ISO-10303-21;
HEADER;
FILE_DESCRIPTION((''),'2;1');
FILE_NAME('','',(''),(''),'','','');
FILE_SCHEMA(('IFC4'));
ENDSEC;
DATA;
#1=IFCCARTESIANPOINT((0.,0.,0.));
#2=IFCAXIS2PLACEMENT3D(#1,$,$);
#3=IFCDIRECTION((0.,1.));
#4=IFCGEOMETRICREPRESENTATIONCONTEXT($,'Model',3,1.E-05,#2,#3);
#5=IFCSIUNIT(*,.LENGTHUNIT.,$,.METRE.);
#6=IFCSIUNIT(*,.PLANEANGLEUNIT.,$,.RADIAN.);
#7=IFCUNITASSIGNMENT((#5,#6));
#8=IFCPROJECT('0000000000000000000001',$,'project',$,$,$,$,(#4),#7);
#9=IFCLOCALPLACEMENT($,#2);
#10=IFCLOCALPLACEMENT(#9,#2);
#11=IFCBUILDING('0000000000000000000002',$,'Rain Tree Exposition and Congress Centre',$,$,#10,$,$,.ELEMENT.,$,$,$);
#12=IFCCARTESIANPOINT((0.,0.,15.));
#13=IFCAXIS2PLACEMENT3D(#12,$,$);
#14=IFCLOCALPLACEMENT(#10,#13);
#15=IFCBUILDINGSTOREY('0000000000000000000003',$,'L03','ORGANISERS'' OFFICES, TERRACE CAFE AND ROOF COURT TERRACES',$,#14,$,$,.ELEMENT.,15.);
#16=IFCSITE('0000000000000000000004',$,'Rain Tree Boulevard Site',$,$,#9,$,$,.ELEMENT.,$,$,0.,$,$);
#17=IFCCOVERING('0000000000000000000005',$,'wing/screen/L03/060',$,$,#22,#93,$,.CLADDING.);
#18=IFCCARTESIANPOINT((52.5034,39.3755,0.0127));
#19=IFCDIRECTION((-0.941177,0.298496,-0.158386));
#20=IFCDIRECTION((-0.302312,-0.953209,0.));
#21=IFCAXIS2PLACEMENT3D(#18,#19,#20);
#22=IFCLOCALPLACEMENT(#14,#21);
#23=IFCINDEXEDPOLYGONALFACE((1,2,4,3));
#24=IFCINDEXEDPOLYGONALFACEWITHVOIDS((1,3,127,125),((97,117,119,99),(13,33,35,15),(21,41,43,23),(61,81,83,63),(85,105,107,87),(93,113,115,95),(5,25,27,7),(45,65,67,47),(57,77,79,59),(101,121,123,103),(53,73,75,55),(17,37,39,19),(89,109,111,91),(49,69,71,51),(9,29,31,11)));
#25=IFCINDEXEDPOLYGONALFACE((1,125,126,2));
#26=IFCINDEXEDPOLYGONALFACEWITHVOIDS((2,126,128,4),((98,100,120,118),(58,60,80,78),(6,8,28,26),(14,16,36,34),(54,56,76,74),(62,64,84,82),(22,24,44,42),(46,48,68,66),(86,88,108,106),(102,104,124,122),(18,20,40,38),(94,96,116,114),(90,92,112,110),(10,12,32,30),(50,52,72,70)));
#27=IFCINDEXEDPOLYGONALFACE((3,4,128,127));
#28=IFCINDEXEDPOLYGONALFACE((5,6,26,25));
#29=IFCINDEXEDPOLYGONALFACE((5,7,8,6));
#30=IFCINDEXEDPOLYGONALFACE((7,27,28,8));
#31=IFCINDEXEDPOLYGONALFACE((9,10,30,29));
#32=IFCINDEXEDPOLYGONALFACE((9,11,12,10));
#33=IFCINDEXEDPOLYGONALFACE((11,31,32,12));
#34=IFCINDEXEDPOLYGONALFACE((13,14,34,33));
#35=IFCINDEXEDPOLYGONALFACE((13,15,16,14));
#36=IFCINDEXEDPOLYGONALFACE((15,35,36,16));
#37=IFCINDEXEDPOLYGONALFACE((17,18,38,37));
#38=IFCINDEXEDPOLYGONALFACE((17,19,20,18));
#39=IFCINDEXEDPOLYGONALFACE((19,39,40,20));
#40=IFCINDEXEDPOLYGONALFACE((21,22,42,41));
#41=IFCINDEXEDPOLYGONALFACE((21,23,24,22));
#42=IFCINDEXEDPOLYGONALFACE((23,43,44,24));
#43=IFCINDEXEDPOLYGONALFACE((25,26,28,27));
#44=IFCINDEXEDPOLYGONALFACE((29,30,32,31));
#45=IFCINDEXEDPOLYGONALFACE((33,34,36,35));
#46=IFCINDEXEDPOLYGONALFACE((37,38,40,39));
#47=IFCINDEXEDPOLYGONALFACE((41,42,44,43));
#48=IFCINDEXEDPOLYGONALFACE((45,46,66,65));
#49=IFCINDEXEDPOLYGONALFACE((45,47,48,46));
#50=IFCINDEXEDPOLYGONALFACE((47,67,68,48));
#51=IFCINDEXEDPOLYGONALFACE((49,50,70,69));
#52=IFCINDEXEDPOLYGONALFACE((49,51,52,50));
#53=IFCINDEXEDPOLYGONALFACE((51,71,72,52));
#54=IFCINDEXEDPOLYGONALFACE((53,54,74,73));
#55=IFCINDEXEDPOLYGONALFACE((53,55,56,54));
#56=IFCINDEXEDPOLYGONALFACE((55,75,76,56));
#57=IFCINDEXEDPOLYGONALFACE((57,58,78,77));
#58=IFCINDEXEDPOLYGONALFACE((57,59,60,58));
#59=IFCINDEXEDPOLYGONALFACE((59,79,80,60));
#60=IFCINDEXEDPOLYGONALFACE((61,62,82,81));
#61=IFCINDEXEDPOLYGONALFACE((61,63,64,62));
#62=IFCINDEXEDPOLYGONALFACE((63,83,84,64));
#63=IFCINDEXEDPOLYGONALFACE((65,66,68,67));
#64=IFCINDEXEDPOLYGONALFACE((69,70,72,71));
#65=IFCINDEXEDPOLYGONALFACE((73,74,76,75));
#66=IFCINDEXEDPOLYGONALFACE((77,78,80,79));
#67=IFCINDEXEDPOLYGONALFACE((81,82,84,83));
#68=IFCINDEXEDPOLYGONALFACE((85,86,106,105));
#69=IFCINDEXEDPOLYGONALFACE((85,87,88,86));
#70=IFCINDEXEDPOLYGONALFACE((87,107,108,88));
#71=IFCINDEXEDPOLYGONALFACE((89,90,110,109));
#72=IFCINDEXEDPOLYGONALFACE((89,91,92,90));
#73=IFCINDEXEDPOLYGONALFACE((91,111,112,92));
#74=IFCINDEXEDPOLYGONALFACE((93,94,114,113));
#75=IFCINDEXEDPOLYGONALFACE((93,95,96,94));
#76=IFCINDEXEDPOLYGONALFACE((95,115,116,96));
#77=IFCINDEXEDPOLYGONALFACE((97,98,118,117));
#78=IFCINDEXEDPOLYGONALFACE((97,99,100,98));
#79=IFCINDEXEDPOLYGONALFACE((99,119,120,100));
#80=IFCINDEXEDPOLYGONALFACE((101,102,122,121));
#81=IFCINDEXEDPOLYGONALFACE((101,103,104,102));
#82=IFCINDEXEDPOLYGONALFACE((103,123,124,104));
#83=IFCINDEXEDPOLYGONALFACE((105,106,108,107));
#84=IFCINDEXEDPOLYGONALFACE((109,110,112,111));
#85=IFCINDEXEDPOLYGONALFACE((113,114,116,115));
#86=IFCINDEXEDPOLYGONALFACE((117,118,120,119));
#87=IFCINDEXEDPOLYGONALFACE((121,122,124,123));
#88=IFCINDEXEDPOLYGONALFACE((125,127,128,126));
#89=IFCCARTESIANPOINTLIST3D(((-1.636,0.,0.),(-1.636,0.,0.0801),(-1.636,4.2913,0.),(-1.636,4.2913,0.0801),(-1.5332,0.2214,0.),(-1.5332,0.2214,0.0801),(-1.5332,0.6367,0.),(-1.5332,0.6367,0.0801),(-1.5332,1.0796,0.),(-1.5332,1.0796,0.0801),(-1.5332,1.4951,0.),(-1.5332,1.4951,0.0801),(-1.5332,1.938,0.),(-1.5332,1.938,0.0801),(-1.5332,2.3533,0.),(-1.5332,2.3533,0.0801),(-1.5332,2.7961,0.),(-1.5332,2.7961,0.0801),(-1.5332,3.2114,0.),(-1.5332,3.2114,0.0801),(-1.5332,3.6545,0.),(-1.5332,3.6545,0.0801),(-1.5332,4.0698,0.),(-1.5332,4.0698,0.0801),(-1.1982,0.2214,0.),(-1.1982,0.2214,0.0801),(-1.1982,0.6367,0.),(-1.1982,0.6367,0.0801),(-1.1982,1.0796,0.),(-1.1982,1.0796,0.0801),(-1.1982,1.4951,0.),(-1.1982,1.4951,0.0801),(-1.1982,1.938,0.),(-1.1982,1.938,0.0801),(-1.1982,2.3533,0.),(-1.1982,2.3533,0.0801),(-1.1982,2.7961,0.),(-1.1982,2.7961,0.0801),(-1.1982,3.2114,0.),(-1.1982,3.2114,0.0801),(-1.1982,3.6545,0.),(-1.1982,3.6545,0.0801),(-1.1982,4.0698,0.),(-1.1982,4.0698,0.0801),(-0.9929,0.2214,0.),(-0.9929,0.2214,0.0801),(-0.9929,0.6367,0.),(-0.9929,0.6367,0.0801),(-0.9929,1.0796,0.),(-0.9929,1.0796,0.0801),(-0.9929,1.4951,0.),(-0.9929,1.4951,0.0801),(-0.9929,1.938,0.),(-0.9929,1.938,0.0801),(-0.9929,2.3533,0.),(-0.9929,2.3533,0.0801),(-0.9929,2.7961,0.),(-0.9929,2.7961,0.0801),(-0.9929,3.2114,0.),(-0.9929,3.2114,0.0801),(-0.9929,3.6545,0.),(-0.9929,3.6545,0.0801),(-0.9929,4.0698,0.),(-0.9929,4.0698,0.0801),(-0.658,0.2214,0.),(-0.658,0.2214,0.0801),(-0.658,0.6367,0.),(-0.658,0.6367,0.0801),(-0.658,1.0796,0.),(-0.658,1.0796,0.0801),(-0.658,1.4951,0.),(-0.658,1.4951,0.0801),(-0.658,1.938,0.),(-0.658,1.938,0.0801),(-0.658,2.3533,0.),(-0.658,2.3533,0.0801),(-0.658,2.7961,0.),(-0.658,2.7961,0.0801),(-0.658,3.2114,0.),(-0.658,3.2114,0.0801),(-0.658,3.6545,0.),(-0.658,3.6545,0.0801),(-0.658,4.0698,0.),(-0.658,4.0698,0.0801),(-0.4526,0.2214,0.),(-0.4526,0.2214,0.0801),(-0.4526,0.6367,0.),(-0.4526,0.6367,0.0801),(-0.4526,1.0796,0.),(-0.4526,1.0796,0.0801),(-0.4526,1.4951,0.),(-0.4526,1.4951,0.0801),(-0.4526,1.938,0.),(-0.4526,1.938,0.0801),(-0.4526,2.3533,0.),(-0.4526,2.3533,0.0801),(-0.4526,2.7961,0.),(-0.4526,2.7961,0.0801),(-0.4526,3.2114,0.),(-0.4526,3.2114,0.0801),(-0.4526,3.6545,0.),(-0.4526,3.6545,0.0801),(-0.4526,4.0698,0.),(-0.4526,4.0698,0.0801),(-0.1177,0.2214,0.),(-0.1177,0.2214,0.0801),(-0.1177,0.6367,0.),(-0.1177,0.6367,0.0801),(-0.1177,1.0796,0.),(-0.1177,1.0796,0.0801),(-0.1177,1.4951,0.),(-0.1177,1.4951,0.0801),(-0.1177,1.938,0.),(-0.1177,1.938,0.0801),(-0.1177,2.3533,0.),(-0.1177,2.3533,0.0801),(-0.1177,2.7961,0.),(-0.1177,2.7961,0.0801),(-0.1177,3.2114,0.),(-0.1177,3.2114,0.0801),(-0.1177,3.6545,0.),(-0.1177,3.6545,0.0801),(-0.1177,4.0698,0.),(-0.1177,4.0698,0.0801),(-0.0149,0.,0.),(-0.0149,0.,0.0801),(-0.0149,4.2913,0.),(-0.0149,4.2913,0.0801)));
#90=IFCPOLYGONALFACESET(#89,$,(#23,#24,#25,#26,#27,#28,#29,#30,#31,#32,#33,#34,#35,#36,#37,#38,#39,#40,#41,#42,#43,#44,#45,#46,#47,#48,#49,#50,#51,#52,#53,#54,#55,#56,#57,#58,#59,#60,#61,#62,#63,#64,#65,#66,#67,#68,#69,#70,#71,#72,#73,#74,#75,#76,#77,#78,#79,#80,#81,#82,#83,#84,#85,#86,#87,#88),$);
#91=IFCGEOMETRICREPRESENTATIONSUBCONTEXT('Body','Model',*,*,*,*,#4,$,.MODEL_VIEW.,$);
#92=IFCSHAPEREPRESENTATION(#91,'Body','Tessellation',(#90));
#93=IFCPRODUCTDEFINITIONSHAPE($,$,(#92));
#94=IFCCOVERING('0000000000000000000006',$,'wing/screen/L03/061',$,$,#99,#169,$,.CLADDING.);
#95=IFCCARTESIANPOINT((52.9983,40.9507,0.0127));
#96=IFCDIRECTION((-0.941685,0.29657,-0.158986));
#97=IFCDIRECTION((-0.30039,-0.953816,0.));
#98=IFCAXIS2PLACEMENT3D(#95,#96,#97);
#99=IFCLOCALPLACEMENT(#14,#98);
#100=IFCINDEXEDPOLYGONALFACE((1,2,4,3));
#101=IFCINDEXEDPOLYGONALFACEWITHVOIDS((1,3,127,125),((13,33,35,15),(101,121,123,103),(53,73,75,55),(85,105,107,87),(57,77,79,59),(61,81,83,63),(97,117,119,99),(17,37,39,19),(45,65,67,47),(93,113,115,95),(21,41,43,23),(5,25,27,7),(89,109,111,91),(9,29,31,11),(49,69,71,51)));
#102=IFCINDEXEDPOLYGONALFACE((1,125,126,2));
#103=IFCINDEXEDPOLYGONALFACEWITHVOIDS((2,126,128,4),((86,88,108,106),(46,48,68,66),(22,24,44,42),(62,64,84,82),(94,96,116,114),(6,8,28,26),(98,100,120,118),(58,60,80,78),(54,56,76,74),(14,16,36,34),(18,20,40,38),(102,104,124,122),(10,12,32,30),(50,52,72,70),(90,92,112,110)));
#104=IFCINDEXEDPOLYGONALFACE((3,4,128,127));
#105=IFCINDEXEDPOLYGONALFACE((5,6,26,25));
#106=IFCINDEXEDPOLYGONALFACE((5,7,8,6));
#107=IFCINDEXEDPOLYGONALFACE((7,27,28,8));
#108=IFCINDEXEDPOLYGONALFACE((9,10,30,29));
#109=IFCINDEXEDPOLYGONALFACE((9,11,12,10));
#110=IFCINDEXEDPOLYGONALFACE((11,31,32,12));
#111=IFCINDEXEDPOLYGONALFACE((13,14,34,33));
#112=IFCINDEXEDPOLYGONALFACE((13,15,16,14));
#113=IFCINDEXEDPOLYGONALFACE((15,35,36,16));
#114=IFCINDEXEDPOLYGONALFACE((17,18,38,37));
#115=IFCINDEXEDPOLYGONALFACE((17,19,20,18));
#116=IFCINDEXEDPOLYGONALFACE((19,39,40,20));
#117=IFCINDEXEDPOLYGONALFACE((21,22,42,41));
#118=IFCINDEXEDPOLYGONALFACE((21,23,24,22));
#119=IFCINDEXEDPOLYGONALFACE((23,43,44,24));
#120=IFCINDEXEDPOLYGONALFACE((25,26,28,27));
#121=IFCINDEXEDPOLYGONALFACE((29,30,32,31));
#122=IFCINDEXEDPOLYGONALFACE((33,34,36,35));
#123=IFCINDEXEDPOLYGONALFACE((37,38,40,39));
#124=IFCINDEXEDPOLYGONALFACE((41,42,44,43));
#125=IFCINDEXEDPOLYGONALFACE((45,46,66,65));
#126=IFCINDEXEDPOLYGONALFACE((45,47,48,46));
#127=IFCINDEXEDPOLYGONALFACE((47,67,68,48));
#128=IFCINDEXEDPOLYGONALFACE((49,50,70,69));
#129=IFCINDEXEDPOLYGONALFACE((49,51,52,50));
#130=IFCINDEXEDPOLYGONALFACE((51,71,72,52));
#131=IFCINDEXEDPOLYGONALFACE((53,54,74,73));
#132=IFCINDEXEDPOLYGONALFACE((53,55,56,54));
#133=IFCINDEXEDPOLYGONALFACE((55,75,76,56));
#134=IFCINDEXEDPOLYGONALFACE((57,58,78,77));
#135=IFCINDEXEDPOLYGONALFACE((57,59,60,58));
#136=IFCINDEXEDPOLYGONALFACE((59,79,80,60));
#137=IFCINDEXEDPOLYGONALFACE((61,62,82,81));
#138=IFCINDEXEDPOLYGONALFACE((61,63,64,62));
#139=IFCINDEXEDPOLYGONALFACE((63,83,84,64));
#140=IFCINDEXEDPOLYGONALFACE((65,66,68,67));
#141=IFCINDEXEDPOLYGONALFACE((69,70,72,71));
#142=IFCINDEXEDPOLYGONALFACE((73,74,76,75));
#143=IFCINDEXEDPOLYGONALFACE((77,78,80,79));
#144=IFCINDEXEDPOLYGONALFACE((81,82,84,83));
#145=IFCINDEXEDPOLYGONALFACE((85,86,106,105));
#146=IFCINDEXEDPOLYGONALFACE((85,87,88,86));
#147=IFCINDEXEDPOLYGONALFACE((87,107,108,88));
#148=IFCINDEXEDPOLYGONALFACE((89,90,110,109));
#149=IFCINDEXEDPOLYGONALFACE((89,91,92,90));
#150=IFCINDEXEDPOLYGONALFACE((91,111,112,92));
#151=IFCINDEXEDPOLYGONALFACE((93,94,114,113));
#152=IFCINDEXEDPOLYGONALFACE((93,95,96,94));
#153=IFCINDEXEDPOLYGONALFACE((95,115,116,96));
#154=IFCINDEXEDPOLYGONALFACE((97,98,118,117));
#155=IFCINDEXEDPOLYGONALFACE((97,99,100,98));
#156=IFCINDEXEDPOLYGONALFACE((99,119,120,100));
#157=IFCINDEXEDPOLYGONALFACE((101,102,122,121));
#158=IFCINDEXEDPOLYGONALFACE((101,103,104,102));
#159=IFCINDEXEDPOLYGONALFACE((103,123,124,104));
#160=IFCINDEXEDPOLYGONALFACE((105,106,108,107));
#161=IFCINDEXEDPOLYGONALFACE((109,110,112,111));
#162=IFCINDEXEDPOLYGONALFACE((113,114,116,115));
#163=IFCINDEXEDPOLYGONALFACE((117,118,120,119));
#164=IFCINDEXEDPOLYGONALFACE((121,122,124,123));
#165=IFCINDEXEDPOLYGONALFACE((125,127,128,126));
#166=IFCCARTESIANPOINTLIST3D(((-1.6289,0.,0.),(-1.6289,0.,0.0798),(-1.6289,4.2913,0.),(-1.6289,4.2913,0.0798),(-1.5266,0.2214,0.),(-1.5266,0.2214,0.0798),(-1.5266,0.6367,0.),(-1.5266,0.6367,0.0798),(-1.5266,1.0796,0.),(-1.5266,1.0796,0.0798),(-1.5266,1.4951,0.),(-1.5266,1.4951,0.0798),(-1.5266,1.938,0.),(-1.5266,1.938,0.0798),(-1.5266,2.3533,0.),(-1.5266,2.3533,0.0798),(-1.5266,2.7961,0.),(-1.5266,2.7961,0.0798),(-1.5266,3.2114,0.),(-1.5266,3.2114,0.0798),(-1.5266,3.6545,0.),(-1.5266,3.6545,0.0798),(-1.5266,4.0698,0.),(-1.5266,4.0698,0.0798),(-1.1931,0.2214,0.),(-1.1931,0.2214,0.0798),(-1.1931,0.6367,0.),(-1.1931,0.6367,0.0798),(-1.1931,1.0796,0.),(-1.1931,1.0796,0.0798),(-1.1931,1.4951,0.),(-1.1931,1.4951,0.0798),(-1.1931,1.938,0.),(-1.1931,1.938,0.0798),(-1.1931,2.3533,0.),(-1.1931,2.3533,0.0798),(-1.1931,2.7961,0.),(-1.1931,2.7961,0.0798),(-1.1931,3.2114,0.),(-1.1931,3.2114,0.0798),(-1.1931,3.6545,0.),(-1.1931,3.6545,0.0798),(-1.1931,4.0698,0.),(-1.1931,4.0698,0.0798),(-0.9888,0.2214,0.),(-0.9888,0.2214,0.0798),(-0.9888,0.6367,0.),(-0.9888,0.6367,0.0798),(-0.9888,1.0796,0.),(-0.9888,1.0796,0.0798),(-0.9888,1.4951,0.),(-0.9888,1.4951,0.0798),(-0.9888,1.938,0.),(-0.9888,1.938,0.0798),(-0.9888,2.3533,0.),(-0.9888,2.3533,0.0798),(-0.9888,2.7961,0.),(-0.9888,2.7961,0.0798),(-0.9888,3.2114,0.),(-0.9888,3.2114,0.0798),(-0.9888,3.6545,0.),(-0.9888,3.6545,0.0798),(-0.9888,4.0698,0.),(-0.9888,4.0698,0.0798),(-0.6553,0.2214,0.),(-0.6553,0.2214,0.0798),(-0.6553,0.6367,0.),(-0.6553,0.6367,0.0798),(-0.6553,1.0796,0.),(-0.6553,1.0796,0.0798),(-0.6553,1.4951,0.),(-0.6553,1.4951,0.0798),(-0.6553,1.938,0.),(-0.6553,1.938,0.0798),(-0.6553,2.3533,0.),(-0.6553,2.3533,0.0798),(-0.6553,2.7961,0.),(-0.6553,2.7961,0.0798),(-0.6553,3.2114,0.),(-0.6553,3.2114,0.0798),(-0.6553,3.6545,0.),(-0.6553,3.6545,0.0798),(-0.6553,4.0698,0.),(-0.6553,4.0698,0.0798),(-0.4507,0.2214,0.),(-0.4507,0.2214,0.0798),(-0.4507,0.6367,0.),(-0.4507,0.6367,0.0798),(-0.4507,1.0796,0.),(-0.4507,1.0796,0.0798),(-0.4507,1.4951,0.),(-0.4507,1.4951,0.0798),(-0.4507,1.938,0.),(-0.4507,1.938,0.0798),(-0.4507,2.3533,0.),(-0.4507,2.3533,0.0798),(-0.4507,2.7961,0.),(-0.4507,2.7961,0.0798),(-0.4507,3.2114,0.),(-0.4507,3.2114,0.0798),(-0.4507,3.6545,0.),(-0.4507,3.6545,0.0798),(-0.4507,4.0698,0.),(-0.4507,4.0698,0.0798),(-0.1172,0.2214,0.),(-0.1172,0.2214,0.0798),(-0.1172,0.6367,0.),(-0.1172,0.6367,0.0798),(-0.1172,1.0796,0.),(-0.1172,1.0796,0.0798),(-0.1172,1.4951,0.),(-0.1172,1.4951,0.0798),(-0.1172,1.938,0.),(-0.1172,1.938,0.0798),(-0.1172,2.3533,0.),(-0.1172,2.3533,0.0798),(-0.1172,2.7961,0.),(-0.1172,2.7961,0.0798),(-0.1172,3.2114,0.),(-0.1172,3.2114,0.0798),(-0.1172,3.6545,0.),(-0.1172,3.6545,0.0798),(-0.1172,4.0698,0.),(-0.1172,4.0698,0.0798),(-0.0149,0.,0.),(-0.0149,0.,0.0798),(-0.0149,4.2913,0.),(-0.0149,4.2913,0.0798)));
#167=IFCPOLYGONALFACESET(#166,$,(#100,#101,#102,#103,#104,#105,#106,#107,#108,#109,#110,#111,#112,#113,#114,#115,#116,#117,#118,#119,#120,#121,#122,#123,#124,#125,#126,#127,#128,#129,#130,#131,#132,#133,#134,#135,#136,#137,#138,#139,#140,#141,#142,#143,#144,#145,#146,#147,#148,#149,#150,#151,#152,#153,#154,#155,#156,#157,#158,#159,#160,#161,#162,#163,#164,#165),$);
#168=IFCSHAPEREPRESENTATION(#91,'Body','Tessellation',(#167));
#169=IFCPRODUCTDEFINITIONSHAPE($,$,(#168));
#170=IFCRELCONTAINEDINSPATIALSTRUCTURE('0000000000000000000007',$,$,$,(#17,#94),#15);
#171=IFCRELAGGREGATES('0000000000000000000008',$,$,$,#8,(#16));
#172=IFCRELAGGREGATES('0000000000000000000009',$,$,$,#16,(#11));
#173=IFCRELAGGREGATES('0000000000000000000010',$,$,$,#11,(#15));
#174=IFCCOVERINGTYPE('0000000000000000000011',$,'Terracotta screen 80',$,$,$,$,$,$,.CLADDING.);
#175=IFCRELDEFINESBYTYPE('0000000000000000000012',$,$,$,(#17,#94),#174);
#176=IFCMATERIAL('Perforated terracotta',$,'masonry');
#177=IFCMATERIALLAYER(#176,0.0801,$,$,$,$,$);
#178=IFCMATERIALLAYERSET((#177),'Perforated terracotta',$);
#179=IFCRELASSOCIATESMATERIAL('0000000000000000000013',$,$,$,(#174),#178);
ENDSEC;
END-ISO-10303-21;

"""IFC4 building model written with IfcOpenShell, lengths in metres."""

from ifc_helpers import new_model, si_unit, direction, frame, origin, place, context, subcontext, project, spatial, polyline, outline, extrude, material, layer, layer_set, type_object, element, save


model = new_model("IFC4")

# Units and contexts
model_context = context("Model", 3, precision=1e-05, world=origin(), true_north=direction((0.0, 1.0)))
body_context = subcontext(model_context, "Body", "Model", "MODEL_VIEW")
ifc_project = project(units=[si_unit("LENGTHUNIT", "METRE"), si_unit("PLANEANGLEUNIT", "RADIAN")], contexts=[model_context])

# Site, building, storey
site_placement = place(None, origin())
site = spatial("IfcSite", under=ifc_project, at=site_placement, Name="Rain Tree Boulevard Site", CompositionType="ELEMENT", RefElevation=0.0)
building_placement = place(site_placement, origin())
building = spatial("IfcBuilding", under=site, at=building_placement, Name="Rain Tree Exposition and Congress Centre", CompositionType="ELEMENT")
storey_placement = place(building_placement, frame((0.0, 0.0, 15.0)))
storey = spatial("IfcBuildingStorey", under=building, at=storey_placement, Name="L03", Description="ORGANISERS' OFFICES, TERRACE CAFE AND ROOF COURT TERRACES", CompositionType="ELEMENT", Elevation=15.0)

# Coverings
ifc_material_1 = material(Name="Perforated terracotta", Category="masonry")
ifc_layer_1 = layer(ifc_material_1, 0.0801)
ifc_layer_set_1 = layer_set([ifc_layer_1], Name="Perforated terracotta")
covering_type = type_object("IfcCoveringType", Name="Terracotta screen 80", PredefinedType="CLADDING", material=ifc_layer_set_1)
covering_1_placement = place(storey_placement, frame((52.5034, 39.3755, 0.0127), z_axis=(-0.941177, 0.298496, -0.158386), x_axis=(-0.302312, -0.953209, 0.0)))
element("IfcCovering", 1, at=covering_1_placement, inside=storey, type_object=covering_type, Name="wing/screen/L03/060", PredefinedType="CLADDING", context=body_context, shape_type="SweptSolid", body=[
    extrude(outline(polyline([(-1.636, 0.0), (-1.636, 4.2913), (-0.0149, 4.2913), (-0.0149, 0.0), (-1.636, 0.0)]), holes=[polyline([(-0.1177, 0.2214), (-0.1177, 0.6367), (-0.4526, 0.6367), (-0.4526, 0.2214), (-0.1177, 0.2214)]), polyline([(-0.1177, 1.0796), (-0.1177, 1.4951), (-0.4526, 1.4951), (-0.4526, 1.0796), (-0.1177, 1.0796)]), polyline([(-0.1177, 1.938), (-0.1177, 2.3533), (-0.4526, 2.3533), (-0.4526, 1.938), (-0.1177, 1.938)]), polyline([(-0.1177, 2.7961), (-0.1177, 3.2114), (-0.4526, 3.2114), (-0.4526, 2.7961), (-0.1177, 2.7961)]), polyline([(-0.1177, 3.6545), (-0.1177, 4.0698), (-0.4526, 4.0698), (-0.4526, 3.6545), (-0.1177, 3.6545)]), polyline([(-0.658, 0.2214), (-0.658, 0.6367), (-0.9929, 0.6367), (-0.9929, 0.2214), (-0.658, 0.2214)]), polyline([(-0.658, 1.0796), (-0.658, 1.4951), (-0.9929, 1.4951), (-0.9929, 1.0796), (-0.658, 1.0796)]), polyline([(-0.658, 1.938), (-0.658, 2.3533), (-0.9929, 2.3533), (-0.9929, 1.938), (-0.658, 1.938)]), polyline([(-0.658, 2.7961), (-0.658, 3.2114), (-0.9929, 3.2114), (-0.9929, 2.7961), (-0.658, 2.7961)]), polyline([(-0.658, 3.6545), (-0.658, 4.0698), (-0.9929, 4.0698), (-0.9929, 3.6545), (-0.658, 3.6545)]), polyline([(-1.1982, 0.2214), (-1.1982, 0.6367), (-1.5332, 0.6367), (-1.5332, 0.2214), (-1.1982, 0.2214)]), polyline([(-1.1982, 1.0796), (-1.1982, 1.4951), (-1.5332, 1.4951), (-1.5332, 1.0796), (-1.1982, 1.0796)]), polyline([(-1.1982, 1.938), (-1.1982, 2.3533), (-1.5332, 2.3533), (-1.5332, 1.938), (-1.1982, 1.938)]), polyline([(-1.1982, 2.7961), (-1.1982, 3.2114), (-1.5332, 3.2114), (-1.5332, 2.7961), (-1.1982, 2.7961)]), polyline([(-1.1982, 3.6545), (-1.1982, 4.0698), (-1.5332, 4.0698), (-1.5332, 3.6545), (-1.1982, 3.6545)])]), origin(), (0.0, 0.0, 1.0), 0.0801),
])
covering_2_placement = place(storey_placement, frame((52.9983, 40.9507, 0.0127), z_axis=(-0.941685, 0.29657, -0.158986), x_axis=(-0.30039, -0.953816, 0.0)))
element("IfcCovering", 2, at=covering_2_placement, inside=storey, type_object=covering_type, Name="wing/screen/L03/061", PredefinedType="CLADDING", context=body_context, shape_type="SweptSolid", body=[
    extrude(outline(polyline([(-1.6289, 0.0), (-1.6289, 4.2913), (-0.0149, 4.2913), (-0.0149, 0.0), (-1.6289, 0.0)]), holes=[polyline([(-0.1172, 0.2214), (-0.1172, 0.6367), (-0.4507, 0.6367), (-0.4507, 0.2214), (-0.1172, 0.2214)]), polyline([(-0.1172, 1.0796), (-0.1172, 1.4951), (-0.4507, 1.4951), (-0.4507, 1.0796), (-0.1172, 1.0796)]), polyline([(-0.1172, 1.938), (-0.1172, 2.3533), (-0.4507, 2.3533), (-0.4507, 1.938), (-0.1172, 1.938)]), polyline([(-0.1172, 2.7961), (-0.1172, 3.2114), (-0.4507, 3.2114), (-0.4507, 2.7961), (-0.1172, 2.7961)]), polyline([(-0.1172, 3.6545), (-0.1172, 4.0698), (-0.4507, 4.0698), (-0.4507, 3.6545), (-0.1172, 3.6545)]), polyline([(-0.6553, 0.2214), (-0.6553, 0.6367), (-0.9888, 0.6367), (-0.9888, 0.2214), (-0.6553, 0.2214)]), polyline([(-0.6553, 1.0796), (-0.6553, 1.4951), (-0.9888, 1.4951), (-0.9888, 1.0796), (-0.6553, 1.0796)]), polyline([(-0.6553, 1.938), (-0.6553, 2.3533), (-0.9888, 2.3533), (-0.9888, 1.938), (-0.6553, 1.938)]), polyline([(-0.6553, 2.7961), (-0.6553, 3.2114), (-0.9888, 3.2114), (-0.9888, 2.7961), (-0.6553, 2.7961)]), polyline([(-0.6553, 3.6545), (-0.6553, 4.0698), (-0.9888, 4.0698), (-0.9888, 3.6545), (-0.6553, 3.6545)]), polyline([(-1.1931, 0.2214), (-1.1931, 0.6367), (-1.5266, 0.6367), (-1.5266, 0.2214), (-1.1931, 0.2214)]), polyline([(-1.1931, 1.0796), (-1.1931, 1.4951), (-1.5266, 1.4951), (-1.5266, 1.0796), (-1.1931, 1.0796)]), polyline([(-1.1931, 1.938), (-1.1931, 2.3533), (-1.5266, 2.3533), (-1.5266, 1.938), (-1.1931, 1.938)]), polyline([(-1.1931, 2.7961), (-1.1931, 3.2114), (-1.5266, 3.2114), (-1.5266, 2.7961), (-1.1931, 2.7961)]), polyline([(-1.1931, 3.6545), (-1.1931, 4.0698), (-1.5266, 4.0698), (-1.5266, 3.6545), (-1.1931, 3.6545)])]), origin(), (0.0, 0.0, 1.0), 0.0798),
])

save(model, "model.ifc")
